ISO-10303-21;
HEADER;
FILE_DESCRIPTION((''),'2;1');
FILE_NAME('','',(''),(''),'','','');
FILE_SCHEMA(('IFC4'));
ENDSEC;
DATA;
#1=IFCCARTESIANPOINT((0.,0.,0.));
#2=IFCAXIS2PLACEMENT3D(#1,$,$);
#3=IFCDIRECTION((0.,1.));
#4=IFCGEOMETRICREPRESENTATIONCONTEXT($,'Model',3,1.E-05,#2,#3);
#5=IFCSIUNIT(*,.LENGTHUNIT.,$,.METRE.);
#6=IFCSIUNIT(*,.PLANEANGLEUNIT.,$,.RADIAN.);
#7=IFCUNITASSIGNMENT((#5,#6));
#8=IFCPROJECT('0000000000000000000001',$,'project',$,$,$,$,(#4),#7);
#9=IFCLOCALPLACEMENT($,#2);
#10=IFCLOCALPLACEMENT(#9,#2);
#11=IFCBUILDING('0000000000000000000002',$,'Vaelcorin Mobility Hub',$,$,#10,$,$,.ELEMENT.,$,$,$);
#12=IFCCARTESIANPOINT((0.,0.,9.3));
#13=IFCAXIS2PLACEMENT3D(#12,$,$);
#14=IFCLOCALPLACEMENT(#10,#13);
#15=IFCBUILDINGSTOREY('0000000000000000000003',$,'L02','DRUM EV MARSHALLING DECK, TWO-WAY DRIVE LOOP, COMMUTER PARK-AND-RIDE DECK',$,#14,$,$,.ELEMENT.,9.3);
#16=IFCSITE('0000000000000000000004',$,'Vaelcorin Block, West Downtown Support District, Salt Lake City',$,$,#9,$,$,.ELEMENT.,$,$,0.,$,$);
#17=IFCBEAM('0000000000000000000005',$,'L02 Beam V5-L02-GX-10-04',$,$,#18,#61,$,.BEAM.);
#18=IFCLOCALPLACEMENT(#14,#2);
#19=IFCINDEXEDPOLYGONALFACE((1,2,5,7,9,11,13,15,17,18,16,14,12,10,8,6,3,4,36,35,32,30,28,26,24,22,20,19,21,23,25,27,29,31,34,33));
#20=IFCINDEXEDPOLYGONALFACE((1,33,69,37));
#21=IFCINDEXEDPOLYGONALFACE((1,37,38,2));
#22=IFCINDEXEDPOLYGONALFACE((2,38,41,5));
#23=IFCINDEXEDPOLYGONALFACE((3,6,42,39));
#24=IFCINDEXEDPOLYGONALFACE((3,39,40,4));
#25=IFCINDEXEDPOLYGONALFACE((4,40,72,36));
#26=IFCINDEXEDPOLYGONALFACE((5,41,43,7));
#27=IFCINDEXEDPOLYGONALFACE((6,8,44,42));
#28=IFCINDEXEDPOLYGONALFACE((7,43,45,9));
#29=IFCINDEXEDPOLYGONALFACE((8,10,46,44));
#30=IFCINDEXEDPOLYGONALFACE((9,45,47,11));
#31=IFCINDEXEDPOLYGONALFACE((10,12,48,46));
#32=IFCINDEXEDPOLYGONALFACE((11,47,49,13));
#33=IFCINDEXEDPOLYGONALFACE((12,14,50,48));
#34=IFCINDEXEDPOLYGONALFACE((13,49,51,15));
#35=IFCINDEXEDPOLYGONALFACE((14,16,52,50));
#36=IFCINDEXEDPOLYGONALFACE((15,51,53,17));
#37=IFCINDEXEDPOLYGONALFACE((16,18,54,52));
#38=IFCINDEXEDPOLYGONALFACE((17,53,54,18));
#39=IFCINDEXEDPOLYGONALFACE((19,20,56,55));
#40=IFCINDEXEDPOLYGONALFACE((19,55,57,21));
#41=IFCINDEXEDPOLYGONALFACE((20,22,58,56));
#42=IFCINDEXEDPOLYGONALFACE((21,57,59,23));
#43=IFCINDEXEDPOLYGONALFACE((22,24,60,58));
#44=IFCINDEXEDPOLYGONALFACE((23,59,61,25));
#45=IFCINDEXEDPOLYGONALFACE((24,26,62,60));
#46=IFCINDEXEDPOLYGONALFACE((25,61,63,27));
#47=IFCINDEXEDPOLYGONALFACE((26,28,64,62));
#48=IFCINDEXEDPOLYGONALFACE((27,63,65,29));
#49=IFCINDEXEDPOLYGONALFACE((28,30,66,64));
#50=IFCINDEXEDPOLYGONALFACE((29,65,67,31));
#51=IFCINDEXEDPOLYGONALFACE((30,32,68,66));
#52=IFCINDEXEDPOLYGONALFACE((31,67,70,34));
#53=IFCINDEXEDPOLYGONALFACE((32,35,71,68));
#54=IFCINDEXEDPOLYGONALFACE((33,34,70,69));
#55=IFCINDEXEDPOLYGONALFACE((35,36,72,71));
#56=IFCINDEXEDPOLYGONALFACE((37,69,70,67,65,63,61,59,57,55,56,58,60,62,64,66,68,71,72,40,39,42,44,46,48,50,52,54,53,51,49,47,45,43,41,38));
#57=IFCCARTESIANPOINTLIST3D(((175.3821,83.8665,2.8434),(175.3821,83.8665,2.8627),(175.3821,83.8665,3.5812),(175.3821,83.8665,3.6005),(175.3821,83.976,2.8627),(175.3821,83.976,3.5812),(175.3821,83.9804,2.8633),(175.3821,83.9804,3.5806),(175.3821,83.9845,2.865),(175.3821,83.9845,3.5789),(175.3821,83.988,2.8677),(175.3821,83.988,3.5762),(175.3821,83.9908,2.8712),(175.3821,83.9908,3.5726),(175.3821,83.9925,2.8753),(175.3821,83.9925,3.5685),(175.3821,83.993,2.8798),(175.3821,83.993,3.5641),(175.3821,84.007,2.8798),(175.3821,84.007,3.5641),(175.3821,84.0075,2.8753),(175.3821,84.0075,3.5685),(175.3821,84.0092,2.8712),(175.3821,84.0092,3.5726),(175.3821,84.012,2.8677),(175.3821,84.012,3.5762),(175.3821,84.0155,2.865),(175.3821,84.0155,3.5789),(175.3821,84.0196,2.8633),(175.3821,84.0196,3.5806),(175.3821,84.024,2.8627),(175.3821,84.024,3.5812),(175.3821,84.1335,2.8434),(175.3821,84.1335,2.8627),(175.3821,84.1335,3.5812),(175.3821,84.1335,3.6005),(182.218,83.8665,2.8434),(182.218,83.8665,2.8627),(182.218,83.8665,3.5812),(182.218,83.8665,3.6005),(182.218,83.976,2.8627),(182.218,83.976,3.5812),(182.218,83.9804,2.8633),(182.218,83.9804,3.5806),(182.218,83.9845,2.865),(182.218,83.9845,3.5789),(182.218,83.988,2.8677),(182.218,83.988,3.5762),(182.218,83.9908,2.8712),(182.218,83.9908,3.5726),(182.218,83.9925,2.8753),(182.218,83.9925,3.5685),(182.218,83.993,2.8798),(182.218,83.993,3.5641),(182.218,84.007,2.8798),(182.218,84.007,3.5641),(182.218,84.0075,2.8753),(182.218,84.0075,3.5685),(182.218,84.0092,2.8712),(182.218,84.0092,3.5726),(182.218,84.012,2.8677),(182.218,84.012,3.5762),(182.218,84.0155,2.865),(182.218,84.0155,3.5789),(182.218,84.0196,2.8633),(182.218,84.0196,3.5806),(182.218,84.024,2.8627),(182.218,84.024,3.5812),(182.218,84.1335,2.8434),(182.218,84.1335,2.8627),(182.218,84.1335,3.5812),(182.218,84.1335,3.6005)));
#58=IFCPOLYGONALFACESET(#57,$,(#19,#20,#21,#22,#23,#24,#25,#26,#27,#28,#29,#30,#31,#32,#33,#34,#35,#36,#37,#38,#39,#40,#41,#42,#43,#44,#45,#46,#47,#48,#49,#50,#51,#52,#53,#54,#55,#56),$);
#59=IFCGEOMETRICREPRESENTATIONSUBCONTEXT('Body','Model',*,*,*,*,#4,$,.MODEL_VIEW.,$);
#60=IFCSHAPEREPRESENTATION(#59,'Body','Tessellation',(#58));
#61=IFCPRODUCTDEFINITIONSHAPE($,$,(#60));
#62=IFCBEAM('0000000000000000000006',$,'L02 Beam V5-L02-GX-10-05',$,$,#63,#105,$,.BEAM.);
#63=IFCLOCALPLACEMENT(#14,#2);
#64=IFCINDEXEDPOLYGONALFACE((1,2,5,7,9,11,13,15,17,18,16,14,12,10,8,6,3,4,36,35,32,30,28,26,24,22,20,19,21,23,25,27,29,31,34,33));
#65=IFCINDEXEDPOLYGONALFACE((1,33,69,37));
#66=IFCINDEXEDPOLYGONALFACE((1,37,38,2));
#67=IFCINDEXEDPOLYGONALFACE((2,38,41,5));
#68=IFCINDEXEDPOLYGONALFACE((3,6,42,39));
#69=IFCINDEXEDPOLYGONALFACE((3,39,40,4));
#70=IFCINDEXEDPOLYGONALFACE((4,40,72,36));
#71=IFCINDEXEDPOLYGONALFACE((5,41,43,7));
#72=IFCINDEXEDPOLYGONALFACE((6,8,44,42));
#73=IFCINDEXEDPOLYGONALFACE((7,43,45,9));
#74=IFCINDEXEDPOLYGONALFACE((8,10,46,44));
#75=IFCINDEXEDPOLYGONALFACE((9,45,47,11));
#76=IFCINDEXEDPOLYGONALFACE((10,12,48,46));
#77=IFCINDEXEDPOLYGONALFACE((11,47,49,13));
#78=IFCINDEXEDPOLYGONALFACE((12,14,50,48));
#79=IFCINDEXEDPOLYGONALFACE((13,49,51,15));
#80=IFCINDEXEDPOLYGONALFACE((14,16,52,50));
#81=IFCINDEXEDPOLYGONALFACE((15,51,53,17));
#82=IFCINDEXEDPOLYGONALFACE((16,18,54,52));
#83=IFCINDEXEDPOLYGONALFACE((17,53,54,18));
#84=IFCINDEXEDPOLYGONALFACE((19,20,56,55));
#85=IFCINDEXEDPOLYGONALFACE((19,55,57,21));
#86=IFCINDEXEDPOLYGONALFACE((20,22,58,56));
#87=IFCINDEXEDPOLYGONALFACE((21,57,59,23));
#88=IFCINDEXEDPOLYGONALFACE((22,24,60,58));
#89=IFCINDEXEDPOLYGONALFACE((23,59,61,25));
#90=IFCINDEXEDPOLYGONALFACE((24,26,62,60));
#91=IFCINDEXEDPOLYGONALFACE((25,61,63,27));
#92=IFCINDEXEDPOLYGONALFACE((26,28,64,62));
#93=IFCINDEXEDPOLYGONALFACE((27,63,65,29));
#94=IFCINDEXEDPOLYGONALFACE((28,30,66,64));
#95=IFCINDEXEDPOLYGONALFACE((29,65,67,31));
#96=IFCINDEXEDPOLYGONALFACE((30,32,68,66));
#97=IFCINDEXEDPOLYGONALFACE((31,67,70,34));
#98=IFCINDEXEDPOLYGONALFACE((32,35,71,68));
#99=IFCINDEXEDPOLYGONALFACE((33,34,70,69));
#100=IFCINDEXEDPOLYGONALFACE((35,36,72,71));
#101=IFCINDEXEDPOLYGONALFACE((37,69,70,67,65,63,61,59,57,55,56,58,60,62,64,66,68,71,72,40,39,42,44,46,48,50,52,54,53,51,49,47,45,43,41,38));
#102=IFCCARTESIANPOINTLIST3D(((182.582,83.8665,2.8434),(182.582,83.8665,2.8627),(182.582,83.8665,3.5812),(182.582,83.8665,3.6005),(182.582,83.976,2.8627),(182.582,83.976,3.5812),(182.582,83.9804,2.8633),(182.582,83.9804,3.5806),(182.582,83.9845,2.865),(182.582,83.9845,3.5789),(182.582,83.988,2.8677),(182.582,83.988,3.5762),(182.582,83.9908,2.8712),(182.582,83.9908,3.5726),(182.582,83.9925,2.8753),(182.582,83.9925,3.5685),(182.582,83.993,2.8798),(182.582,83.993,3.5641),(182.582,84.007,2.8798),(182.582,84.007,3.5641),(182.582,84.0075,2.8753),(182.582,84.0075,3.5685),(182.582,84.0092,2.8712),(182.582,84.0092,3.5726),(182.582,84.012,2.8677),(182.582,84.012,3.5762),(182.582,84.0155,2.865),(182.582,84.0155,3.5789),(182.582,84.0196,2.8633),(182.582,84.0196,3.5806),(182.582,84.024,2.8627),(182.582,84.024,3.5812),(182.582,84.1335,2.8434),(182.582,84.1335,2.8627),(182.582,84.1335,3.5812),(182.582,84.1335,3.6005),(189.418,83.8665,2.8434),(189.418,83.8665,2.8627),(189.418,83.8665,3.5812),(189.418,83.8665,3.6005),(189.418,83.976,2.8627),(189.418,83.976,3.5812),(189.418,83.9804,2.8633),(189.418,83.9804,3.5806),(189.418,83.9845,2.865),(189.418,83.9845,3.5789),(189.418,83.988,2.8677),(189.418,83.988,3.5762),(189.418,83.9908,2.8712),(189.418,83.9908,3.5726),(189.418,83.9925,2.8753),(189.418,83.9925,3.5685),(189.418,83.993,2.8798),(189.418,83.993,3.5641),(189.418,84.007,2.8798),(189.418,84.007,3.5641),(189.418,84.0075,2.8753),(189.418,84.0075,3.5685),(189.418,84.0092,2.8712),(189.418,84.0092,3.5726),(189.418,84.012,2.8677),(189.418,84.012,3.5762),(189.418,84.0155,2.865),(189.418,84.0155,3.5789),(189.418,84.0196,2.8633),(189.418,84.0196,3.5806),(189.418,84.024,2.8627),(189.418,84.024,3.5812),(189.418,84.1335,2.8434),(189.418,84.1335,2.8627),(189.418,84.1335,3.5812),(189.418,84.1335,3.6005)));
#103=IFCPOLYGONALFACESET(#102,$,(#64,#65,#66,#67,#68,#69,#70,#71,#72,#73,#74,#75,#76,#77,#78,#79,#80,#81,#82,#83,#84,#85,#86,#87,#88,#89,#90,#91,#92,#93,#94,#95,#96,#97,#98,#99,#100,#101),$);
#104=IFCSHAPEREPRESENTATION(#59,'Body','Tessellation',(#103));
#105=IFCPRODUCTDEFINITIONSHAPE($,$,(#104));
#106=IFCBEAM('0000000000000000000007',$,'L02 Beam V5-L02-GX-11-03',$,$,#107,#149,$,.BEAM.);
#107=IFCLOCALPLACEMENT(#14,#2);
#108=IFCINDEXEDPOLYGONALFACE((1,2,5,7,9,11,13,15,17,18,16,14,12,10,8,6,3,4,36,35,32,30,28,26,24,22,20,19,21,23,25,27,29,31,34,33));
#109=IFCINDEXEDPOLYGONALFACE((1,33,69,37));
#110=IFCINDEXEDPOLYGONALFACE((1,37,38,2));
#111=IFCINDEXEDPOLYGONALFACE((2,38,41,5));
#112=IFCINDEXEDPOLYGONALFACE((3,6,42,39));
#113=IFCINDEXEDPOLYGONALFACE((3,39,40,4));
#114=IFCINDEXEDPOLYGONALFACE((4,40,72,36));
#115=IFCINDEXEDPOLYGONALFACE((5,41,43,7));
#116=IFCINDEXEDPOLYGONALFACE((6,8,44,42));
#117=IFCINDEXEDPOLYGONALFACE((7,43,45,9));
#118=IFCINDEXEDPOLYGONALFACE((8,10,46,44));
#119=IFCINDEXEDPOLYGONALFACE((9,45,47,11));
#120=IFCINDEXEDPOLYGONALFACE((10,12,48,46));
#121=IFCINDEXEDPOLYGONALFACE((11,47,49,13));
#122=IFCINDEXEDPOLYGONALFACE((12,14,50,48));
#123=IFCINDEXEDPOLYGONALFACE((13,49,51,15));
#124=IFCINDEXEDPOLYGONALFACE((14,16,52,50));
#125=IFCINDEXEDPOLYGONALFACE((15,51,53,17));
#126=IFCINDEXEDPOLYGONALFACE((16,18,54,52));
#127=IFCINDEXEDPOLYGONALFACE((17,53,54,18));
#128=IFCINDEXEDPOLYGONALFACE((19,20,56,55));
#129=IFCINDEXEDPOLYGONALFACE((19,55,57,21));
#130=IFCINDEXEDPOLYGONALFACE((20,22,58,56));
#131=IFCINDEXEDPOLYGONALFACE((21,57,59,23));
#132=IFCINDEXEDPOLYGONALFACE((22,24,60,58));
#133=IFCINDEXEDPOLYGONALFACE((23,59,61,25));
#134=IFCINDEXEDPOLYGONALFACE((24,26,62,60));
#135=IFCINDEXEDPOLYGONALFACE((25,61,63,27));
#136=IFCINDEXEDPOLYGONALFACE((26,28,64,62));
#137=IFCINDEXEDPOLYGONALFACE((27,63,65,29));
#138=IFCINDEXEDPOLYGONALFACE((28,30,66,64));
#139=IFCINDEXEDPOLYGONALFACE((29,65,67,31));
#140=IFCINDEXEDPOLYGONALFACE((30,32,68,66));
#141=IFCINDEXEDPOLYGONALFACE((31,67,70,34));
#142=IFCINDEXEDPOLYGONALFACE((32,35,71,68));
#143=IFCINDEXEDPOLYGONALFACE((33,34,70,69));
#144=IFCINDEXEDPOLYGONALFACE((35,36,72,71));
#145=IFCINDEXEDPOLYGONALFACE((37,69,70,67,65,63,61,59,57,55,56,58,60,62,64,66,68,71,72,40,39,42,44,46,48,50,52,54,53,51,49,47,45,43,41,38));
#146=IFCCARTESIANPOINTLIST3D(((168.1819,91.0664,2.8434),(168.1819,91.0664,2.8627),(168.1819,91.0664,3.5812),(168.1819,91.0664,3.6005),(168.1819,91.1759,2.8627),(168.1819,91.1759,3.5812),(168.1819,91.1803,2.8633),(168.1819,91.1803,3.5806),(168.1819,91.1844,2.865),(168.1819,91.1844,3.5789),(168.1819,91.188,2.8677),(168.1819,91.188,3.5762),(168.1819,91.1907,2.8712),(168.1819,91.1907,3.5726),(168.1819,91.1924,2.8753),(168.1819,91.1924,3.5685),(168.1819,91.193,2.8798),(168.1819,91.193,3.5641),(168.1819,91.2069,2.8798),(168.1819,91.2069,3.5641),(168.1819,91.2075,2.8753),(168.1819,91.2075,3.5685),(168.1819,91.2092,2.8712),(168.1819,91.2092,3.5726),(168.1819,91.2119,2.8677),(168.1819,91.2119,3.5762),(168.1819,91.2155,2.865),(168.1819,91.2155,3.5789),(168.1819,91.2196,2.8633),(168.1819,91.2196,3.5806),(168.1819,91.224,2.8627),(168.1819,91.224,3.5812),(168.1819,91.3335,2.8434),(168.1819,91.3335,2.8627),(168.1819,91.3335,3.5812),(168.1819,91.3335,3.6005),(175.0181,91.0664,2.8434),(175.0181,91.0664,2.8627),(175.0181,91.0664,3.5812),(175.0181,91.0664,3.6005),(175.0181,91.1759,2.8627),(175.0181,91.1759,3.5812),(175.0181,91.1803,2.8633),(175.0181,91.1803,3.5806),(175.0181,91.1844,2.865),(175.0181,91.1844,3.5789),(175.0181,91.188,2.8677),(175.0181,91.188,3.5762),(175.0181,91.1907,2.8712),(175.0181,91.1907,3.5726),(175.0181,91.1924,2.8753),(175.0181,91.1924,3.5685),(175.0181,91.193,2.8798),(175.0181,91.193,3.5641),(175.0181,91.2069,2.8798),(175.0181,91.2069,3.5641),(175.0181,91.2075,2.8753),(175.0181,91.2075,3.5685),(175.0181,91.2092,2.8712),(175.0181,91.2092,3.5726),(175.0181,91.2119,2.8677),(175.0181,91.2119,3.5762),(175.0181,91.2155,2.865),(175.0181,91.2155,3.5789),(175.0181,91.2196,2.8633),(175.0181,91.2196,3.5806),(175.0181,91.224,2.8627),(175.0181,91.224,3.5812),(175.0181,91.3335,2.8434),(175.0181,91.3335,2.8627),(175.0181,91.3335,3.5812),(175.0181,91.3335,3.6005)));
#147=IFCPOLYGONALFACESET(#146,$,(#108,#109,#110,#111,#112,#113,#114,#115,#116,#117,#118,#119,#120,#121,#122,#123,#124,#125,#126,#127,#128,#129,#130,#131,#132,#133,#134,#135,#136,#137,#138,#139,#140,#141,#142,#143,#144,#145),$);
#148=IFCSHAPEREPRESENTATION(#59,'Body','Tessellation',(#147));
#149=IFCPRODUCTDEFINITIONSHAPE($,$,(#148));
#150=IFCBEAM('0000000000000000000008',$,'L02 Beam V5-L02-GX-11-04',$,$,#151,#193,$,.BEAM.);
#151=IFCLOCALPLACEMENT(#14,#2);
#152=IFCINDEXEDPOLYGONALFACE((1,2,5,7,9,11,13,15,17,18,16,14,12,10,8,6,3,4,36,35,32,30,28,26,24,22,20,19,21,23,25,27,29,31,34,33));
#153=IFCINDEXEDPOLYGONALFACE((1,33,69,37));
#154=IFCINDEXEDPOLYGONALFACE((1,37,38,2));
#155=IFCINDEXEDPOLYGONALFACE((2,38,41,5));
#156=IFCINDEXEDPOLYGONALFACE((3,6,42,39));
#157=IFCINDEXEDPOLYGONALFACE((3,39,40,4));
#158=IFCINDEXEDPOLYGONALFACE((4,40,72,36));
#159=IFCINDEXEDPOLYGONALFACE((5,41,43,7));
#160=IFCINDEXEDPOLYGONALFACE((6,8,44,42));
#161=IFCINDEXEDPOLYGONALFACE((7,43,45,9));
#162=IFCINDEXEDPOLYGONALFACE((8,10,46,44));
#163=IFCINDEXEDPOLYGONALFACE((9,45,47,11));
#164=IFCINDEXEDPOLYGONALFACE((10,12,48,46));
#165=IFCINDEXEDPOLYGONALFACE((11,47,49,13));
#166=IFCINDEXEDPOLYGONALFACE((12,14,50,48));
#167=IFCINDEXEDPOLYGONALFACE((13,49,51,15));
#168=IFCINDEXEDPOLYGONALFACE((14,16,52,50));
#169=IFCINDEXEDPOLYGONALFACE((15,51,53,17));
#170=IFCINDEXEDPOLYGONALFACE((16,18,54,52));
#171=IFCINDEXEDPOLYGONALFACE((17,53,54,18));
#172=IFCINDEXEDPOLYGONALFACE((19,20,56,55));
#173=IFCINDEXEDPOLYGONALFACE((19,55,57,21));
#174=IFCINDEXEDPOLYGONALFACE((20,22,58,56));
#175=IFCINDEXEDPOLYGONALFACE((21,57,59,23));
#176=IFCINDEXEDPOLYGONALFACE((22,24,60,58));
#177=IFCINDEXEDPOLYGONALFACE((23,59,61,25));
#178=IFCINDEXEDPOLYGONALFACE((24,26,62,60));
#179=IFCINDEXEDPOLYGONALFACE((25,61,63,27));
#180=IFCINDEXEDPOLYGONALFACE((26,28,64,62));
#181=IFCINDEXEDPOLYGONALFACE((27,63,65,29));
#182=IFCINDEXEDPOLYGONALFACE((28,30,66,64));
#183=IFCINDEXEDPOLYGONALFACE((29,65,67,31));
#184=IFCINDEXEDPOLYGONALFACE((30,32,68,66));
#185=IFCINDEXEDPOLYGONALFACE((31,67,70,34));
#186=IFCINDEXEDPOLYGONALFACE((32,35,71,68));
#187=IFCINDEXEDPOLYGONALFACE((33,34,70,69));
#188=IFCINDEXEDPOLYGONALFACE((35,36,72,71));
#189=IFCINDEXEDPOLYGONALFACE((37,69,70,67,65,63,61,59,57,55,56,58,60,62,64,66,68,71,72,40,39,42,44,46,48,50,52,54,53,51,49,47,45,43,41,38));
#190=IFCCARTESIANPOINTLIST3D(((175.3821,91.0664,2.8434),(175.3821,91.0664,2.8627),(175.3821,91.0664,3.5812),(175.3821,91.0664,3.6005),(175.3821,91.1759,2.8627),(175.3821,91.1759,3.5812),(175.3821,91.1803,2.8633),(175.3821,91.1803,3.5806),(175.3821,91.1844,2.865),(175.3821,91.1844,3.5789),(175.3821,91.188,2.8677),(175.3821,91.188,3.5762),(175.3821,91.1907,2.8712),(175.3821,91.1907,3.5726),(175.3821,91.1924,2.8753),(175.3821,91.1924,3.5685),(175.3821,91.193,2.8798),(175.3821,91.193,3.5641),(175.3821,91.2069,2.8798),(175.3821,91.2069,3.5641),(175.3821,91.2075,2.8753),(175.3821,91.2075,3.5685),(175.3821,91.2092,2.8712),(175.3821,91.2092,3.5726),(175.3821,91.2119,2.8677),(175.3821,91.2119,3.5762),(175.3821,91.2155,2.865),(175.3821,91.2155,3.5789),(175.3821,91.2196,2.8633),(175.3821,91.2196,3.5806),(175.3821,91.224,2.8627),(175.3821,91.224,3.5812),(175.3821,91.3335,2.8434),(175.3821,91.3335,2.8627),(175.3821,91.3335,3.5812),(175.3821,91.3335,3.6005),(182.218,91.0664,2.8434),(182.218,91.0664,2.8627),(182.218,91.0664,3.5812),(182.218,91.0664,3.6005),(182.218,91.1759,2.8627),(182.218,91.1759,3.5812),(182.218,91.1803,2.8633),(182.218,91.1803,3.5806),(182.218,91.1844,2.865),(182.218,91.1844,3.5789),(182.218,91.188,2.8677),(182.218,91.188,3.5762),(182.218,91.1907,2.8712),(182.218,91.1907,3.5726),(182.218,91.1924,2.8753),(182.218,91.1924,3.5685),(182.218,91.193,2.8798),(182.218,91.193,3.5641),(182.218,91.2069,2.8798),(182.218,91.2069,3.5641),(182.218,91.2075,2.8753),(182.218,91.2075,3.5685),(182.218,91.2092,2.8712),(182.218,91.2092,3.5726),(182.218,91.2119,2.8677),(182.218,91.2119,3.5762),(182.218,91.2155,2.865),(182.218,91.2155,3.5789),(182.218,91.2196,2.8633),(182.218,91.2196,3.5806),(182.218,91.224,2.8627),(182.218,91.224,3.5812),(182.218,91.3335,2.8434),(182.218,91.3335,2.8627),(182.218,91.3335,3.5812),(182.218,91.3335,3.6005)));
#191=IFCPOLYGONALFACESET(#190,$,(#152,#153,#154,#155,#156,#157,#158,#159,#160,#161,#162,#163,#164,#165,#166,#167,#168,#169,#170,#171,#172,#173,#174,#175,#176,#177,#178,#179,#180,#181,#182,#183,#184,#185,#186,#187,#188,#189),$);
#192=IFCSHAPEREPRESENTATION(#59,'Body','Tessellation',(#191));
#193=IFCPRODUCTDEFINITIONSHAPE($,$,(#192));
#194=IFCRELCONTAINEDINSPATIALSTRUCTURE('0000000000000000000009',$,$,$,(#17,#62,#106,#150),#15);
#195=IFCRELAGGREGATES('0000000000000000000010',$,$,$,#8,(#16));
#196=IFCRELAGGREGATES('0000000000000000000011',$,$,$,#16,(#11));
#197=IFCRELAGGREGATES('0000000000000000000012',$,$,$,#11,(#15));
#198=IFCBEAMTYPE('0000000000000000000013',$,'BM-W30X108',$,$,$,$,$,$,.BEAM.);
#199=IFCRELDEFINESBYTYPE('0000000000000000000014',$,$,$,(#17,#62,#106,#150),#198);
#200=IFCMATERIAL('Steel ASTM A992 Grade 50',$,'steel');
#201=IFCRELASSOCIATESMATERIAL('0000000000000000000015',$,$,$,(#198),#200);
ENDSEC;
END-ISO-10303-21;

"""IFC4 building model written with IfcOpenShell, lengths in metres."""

from ifc_helpers import new_model, si_unit, direction, frame, origin, origin_2d, place, context, subcontext, project, spatial, i_section, extrude, material, material_profile, profile_set, type_object, element, save


model = new_model("IFC4")

# Units and contexts
model_context = context("Model", 3, precision=1e-05, world=origin(), true_north=direction((0.0, 1.0)))
body_context = subcontext(model_context, "Body", "Model", "MODEL_VIEW")
ifc_project = project(units=[si_unit("LENGTHUNIT", "METRE"), si_unit("PLANEANGLEUNIT", "RADIAN")], contexts=[model_context])

# Site, building, storey
site_placement = place(None, origin())
site = spatial("IfcSite", under=ifc_project, at=site_placement, Name="Vaelcorin Block, West Downtown Support District, Salt Lake City", CompositionType="ELEMENT", RefElevation=0.0)
building_placement = place(site_placement, origin())
building = spatial("IfcBuilding", under=site, at=building_placement, Name="Vaelcorin Mobility Hub", CompositionType="ELEMENT")
storey_placement = place(building_placement, frame((0.0, 0.0, 9.3)))
storey = spatial("IfcBuildingStorey", under=building, at=storey_placement, Name="L02", Description="DRUM EV MARSHALLING DECK, TWO-WAY DRIVE LOOP, COMMUTER PARK-AND-RIDE DECK", CompositionType="ELEMENT", Elevation=9.3)

# Shared definitions
ifc_material_1 = material(Name="Steel ASTM A992 Grade 50", Category="steel")

# Beams
ifc_material_profile_1 = material_profile(ifc_material_1, i_section(OverallWidth=0.2671, OverallDepth=0.7571, WebThickness=0.0139, FlangeThickness=0.0193, FilletRadius=0.0171, at=origin_2d()), Name="W30X108")
ifc_profile_set_1 = profile_set([ifc_material_profile_1], Name="Steel ASTM A992 Grade 50")
beam_type_1 = type_object("IfcBeamType", Name="BM-W30X108", PredefinedType="BEAM", material=ifc_profile_set_1)
for number, where, z_axis, x_axis, name in (
    (1, (175.3821, 84.0, 3.2219), (1.0, 0.0, 0.0), (0.0, 1.0, 0.0), "L02 Beam V5-L02-GX-10-04"),
    (2, (182.582, 84.0, 3.2219), (1.0, 0.0, 0.0), (0.0, 1.0, 0.0), "L02 Beam V5-L02-GX-10-05"),
):
    element("IfcBeam", number, at=place(storey_placement, frame(where, z_axis=z_axis, x_axis=x_axis)), inside=storey, type_object=beam_type_1, Name=name, PredefinedType="BEAM", context=body_context, shape_type="SweptSolid", body=[
        extrude(i_section(OverallWidth=0.2671, OverallDepth=0.7571, WebThickness=0.0139, FlangeThickness=0.0193, FilletRadius=0.0171, at=origin_2d()), origin(), (0.0, 0.0, 1.0), 6.8359),
    ])
beam_1_placement = place(storey_placement, frame((168.1819, 91.2, 3.2219), z_axis=(1.0, 0.0, 0.0), x_axis=(0.0, 1.0, 0.0)))
element("IfcBeam", 3, at=beam_1_placement, inside=storey, type_object=beam_type_1, Name="L02 Beam V5-L02-GX-11-03", PredefinedType="BEAM", context=body_context, shape_type="SweptSolid", body=[
    extrude(i_section(OverallWidth=0.2671, OverallDepth=0.7571, WebThickness=0.0139, FlangeThickness=0.0193, FilletRadius=0.0171, at=origin_2d()), origin(), (0.0, 0.0, 1.0), 6.8362),
])
for number, where, z_axis, x_axis, name in (
    (4, (175.3821, 91.2, 3.2219), (1.0, 0.0, 0.0), (0.0, 1.0, 0.0), "L02 Beam V5-L02-GX-11-04"),
):
    element("IfcBeam", number, at=place(storey_placement, frame(where, z_axis=z_axis, x_axis=x_axis)), inside=storey, type_object=beam_type_1, Name=name, PredefinedType="BEAM", context=body_context, shape_type="SweptSolid", body=[
        extrude(i_section(OverallWidth=0.2671, OverallDepth=0.7571, WebThickness=0.0139, FlangeThickness=0.0193, FilletRadius=0.0171, at=origin_2d()), origin(), (0.0, 0.0, 1.0), 6.8359),
    ])

save(model, "model.ifc")
